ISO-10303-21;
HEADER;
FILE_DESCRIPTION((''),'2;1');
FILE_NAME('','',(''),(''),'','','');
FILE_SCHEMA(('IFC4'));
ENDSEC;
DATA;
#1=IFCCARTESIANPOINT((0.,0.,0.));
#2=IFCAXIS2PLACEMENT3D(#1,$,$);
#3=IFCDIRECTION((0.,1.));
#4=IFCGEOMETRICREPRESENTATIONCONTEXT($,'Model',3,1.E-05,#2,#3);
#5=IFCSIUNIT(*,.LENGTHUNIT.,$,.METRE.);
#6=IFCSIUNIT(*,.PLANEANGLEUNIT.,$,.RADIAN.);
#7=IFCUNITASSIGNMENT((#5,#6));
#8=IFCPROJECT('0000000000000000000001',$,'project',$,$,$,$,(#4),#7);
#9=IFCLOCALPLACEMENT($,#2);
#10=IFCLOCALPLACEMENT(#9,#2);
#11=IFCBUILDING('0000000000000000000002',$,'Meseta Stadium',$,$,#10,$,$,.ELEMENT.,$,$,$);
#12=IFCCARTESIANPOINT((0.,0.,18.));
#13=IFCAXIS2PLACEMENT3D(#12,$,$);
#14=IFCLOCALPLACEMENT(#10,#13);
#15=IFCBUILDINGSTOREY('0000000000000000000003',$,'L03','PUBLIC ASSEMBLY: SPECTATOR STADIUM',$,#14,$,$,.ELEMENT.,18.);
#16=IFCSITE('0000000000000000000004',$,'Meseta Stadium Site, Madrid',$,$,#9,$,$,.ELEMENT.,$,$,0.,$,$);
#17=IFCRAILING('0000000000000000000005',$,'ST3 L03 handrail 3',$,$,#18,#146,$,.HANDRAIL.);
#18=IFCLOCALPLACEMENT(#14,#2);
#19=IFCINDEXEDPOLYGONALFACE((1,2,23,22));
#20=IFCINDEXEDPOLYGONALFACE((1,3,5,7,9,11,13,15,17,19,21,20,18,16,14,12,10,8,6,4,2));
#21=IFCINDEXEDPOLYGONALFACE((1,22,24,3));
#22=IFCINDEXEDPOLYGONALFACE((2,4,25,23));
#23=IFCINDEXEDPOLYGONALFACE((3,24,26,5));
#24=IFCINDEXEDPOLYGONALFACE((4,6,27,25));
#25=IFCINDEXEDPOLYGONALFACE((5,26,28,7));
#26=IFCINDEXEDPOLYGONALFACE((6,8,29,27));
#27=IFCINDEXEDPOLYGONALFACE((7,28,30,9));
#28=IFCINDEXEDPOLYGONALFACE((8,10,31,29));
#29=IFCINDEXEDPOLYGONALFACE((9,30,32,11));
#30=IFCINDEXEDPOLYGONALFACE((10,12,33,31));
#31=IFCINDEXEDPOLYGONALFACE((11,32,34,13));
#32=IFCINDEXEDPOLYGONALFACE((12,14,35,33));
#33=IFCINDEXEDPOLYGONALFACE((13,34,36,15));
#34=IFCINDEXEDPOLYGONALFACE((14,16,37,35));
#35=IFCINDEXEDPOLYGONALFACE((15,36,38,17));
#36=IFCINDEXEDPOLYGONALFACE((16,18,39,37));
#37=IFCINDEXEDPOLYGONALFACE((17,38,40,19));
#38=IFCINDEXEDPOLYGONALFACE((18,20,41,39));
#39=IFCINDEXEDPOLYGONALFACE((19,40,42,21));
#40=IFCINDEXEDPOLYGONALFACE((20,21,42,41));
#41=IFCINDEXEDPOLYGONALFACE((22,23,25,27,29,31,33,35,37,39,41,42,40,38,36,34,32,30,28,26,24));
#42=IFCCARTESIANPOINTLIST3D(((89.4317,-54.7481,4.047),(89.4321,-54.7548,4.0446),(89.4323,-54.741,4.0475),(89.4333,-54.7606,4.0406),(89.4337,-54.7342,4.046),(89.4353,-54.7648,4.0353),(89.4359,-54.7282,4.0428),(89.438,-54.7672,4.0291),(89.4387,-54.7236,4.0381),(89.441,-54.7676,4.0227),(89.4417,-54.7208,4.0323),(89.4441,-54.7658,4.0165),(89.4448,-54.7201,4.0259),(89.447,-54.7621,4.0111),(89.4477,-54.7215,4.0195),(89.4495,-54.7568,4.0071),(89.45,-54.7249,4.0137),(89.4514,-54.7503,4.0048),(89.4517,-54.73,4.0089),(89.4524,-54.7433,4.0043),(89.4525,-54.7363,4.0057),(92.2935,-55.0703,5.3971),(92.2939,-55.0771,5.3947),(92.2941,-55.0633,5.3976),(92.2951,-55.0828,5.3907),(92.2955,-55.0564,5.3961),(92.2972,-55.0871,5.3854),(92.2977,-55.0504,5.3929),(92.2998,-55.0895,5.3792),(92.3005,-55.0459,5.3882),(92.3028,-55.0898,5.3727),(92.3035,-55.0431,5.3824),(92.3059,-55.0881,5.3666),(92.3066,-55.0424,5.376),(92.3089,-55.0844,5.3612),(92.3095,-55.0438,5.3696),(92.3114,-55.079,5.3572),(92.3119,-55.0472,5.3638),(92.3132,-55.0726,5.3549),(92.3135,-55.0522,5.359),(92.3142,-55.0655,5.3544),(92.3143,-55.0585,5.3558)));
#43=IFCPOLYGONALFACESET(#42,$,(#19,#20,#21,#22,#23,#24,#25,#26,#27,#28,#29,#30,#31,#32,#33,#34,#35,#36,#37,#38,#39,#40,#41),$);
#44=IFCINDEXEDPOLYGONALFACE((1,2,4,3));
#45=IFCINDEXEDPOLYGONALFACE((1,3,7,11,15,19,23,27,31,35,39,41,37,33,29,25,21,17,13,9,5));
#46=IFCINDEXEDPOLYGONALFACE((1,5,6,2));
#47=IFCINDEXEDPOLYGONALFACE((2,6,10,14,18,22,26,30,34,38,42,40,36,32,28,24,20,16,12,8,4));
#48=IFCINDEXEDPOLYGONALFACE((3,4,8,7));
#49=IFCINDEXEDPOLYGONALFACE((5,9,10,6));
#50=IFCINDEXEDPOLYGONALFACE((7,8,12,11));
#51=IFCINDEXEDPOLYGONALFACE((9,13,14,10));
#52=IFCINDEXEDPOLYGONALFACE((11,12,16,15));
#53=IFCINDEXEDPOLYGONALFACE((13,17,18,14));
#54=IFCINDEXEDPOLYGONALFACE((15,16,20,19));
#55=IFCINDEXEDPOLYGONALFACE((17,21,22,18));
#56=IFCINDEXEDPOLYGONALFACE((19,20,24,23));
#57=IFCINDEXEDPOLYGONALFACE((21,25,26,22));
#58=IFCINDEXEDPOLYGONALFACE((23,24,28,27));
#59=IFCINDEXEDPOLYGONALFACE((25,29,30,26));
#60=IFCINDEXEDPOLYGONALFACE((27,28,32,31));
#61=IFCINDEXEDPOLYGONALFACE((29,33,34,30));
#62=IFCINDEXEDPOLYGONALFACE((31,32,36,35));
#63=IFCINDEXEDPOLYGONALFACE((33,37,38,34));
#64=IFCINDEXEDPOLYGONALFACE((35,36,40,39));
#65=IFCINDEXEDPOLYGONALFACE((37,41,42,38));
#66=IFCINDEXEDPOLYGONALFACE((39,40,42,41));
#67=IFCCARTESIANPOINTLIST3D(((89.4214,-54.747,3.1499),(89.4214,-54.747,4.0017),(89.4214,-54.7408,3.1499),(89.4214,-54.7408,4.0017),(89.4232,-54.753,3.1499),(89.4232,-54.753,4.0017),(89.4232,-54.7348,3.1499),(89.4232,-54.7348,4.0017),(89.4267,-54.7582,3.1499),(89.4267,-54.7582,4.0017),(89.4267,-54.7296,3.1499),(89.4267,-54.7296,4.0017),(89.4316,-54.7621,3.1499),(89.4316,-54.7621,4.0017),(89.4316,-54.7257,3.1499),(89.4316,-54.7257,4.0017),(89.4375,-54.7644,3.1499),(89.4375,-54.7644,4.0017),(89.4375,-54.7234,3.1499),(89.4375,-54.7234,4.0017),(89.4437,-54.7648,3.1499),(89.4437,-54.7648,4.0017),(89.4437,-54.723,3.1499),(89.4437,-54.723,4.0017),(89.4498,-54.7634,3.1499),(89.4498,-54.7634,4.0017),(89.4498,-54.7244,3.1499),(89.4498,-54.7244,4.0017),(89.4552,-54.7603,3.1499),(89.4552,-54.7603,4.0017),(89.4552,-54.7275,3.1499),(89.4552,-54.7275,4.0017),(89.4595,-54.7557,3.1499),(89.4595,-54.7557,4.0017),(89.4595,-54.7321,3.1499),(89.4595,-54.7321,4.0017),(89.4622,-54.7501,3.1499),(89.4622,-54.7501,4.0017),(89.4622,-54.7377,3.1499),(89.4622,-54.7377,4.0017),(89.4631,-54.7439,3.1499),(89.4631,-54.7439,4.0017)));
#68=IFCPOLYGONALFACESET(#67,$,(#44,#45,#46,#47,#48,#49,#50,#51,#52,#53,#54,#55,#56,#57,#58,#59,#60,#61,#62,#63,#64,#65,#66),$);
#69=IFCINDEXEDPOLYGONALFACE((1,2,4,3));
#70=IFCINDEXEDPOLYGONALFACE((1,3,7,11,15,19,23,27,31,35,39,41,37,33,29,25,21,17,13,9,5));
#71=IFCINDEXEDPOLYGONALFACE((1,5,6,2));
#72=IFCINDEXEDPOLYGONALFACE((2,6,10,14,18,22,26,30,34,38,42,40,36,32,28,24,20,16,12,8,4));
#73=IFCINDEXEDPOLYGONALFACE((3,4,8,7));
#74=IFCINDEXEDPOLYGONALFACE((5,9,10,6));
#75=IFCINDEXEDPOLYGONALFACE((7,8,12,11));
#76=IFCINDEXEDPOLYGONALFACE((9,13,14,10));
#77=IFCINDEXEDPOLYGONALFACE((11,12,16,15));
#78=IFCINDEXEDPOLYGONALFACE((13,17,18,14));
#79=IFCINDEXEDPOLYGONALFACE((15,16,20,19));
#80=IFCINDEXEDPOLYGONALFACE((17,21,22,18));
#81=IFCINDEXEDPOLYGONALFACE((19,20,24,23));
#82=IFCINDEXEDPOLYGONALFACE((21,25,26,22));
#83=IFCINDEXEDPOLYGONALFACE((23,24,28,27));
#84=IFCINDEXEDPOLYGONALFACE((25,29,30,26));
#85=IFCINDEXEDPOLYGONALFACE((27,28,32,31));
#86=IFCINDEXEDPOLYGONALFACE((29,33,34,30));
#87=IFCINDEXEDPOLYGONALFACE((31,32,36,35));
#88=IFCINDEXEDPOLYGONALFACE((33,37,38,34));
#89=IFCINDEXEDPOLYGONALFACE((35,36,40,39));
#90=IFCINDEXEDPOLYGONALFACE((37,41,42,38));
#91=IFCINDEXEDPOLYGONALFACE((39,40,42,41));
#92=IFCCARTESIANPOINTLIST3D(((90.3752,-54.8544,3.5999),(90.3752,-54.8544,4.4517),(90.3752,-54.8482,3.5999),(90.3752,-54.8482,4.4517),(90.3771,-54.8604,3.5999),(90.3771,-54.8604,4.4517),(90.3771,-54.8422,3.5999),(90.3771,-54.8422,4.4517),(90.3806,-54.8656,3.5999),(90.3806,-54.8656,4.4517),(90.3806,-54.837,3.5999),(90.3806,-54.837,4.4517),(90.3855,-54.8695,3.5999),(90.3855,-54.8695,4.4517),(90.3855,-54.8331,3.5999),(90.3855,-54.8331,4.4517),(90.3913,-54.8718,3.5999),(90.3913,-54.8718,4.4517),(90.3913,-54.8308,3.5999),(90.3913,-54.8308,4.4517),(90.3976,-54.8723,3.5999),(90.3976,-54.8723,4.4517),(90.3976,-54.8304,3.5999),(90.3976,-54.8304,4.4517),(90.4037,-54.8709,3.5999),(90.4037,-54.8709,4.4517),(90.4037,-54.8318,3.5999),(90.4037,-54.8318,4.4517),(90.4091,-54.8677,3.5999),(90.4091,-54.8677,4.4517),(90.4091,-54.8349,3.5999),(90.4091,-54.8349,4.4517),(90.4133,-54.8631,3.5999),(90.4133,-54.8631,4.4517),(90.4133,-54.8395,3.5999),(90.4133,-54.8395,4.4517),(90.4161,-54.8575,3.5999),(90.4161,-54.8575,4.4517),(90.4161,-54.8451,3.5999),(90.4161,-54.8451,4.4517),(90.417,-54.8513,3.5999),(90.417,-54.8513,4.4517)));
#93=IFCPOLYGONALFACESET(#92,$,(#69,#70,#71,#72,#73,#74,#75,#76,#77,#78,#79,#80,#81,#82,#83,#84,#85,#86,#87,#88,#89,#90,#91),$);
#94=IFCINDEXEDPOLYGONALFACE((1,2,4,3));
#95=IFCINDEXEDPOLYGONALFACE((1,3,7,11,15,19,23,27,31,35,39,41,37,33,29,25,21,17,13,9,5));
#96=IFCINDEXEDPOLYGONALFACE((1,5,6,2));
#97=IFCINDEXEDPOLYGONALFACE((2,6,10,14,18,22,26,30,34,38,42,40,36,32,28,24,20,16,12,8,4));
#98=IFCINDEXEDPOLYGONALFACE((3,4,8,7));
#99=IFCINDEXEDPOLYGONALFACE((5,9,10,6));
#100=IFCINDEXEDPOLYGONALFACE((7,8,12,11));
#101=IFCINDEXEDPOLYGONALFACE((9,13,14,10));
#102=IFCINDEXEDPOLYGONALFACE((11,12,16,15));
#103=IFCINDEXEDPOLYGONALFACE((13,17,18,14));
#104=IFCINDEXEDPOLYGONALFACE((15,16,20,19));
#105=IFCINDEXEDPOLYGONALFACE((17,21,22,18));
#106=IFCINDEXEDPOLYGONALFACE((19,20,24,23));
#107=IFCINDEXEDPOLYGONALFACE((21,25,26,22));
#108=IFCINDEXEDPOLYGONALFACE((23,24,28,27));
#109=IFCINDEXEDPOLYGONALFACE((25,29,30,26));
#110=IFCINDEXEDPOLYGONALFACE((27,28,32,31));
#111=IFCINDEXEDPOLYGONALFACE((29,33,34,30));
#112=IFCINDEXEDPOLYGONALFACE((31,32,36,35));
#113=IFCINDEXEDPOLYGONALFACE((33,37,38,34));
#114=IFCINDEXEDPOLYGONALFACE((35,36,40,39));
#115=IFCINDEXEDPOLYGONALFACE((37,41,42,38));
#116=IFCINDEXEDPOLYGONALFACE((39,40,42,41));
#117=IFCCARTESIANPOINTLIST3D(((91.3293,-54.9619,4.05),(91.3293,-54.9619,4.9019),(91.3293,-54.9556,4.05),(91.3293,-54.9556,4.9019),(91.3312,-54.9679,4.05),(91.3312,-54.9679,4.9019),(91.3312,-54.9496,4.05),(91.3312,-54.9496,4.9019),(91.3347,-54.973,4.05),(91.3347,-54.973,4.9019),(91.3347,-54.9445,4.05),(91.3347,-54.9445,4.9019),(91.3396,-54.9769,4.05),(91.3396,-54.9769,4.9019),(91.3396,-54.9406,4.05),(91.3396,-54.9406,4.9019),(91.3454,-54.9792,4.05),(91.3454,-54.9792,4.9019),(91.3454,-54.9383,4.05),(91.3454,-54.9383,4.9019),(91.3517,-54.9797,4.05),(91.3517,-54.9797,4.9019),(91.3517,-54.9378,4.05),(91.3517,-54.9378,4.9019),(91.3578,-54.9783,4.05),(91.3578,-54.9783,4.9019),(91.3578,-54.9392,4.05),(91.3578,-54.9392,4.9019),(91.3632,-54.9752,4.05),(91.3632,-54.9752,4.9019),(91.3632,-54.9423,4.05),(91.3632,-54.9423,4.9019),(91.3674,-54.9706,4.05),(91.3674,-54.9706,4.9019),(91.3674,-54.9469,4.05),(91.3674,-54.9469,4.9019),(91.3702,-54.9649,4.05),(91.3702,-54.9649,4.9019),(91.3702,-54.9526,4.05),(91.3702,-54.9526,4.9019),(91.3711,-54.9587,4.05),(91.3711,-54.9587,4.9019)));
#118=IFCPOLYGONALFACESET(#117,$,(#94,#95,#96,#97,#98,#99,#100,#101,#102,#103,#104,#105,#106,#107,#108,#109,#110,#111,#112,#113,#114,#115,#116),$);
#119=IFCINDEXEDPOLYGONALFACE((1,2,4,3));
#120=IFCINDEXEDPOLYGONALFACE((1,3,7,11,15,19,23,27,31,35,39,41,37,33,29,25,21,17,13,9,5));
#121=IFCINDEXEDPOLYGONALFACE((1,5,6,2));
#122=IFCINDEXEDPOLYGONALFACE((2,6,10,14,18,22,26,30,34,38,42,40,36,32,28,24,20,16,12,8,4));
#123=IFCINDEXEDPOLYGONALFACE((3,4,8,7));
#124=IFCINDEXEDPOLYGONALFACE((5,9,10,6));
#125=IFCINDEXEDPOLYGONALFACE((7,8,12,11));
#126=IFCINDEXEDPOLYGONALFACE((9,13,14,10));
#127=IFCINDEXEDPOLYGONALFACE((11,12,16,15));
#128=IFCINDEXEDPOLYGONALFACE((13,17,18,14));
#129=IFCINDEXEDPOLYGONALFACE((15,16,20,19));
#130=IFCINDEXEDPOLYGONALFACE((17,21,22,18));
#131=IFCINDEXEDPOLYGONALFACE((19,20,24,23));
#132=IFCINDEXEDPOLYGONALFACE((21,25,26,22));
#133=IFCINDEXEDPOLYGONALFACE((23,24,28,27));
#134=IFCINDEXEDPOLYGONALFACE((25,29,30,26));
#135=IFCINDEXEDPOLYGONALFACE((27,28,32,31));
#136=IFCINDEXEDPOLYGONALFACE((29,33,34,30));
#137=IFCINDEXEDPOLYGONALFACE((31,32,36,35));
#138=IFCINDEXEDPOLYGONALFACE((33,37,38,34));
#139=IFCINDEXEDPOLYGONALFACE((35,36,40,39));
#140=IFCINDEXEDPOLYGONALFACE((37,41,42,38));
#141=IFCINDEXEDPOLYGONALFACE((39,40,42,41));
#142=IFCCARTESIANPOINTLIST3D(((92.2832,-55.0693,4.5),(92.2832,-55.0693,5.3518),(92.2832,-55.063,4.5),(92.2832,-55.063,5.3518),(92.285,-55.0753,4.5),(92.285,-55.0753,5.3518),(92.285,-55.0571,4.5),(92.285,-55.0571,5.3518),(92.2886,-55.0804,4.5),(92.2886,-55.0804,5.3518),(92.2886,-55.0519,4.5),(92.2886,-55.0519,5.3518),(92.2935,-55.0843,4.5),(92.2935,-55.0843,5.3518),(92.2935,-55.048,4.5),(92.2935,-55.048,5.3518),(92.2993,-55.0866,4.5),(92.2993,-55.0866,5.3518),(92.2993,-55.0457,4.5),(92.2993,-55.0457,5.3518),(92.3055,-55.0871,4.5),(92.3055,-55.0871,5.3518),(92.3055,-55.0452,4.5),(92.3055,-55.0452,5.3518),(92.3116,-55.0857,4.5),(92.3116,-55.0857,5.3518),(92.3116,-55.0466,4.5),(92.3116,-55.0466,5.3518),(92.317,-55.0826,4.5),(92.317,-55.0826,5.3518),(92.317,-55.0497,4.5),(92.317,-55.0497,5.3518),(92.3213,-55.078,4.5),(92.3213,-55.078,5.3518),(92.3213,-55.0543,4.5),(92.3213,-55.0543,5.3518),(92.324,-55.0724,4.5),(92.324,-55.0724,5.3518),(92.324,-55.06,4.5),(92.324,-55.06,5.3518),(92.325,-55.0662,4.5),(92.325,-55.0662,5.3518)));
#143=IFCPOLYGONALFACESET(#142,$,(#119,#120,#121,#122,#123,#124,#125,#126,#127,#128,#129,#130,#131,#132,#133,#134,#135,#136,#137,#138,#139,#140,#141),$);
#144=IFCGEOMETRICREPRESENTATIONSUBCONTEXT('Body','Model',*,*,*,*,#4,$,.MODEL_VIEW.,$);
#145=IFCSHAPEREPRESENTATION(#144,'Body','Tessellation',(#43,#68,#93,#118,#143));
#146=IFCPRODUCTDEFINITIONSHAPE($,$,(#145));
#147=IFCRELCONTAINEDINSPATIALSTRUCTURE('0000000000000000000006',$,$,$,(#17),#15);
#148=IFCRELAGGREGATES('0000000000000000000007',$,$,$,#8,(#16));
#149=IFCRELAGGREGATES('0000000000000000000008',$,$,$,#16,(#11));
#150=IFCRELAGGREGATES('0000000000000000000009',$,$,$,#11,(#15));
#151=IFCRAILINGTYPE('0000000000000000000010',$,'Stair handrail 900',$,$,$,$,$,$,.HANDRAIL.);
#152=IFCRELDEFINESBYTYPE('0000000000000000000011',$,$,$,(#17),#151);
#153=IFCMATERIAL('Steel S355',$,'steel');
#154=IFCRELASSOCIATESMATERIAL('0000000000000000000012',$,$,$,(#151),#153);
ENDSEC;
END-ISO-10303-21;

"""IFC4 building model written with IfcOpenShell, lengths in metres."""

from ifc_helpers import new_model, si_unit, direction, frame, origin, origin_2d, place, context, subcontext, project, spatial, circle, extrude, material, type_object, element, save


model = new_model("IFC4")

# Units and contexts
model_context = context("Model", 3, precision=1e-05, world=origin(), true_north=direction((0.0, 1.0)))
body_context = subcontext(model_context, "Body", "Model", "MODEL_VIEW")
ifc_project = project(units=[si_unit("LENGTHUNIT", "METRE"), si_unit("PLANEANGLEUNIT", "RADIAN")], contexts=[model_context])

# Site, building, storey
site_placement = place(None, origin())
site = spatial("IfcSite", under=ifc_project, at=site_placement, Name="Meseta Stadium Site, Madrid", CompositionType="ELEMENT", RefElevation=0.0)
building_placement = place(site_placement, origin())
building = spatial("IfcBuilding", under=site, at=building_placement, Name="Meseta Stadium", CompositionType="ELEMENT")
storey_placement = place(building_placement, frame((0.0, 0.0, 18.0)))
storey = spatial("IfcBuildingStorey", under=building, at=storey_placement, Name="L03", Description="PUBLIC ASSEMBLY: SPECTATOR STADIUM", CompositionType="ELEMENT", Elevation=18.0)

# Railing
ifc_material_1 = material(Name="Steel S355", Category="steel")
railing_type_1 = type_object("IfcRailingType", Name="Stair handrail 900", PredefinedType="HANDRAIL", material=ifc_material_1)
for number, where, name in (
    (1, (89.4421, -54.7439, 3.1499), "ST3 L03 handrail 3"),
):
    element("IfcRailing", number, at=place(storey_placement, frame(where)), inside=storey, type_object=railing_type_1, Name=name, PredefinedType="HANDRAIL", context=body_context, shape_type="SweptSolid", body=[
        extrude(circle(Radius=0.0239, at=origin_2d()), frame((0.0, 0.0, 0.876), z_axis=(0.899755, -0.10132, 0.424471), x_axis=(0.111902, 0.993719, 0.0)), (0.0, 0.0, 1.0), 3.1807),
        extrude(circle(Radius=0.021, at=origin_2d()), origin(), (0.0, 0.0, 1.0), 0.8518),
        extrude(circle(Radius=0.021, at=origin_2d()), frame((0.9539, -0.1074, 0.45)), (0.0, 0.0, 1.0), 0.8518),
        extrude(circle(Radius=0.021, at=origin_2d()), frame((1.908, -0.2148, 0.9001)), (0.0, 0.0, 1.0), 0.8518),
        extrude(circle(Radius=0.021, at=origin_2d()), frame((2.8618, -0.3223, 1.3501)), (0.0, 0.0, 1.0), 0.8518),
    ])

save(model, "model.ifc")
